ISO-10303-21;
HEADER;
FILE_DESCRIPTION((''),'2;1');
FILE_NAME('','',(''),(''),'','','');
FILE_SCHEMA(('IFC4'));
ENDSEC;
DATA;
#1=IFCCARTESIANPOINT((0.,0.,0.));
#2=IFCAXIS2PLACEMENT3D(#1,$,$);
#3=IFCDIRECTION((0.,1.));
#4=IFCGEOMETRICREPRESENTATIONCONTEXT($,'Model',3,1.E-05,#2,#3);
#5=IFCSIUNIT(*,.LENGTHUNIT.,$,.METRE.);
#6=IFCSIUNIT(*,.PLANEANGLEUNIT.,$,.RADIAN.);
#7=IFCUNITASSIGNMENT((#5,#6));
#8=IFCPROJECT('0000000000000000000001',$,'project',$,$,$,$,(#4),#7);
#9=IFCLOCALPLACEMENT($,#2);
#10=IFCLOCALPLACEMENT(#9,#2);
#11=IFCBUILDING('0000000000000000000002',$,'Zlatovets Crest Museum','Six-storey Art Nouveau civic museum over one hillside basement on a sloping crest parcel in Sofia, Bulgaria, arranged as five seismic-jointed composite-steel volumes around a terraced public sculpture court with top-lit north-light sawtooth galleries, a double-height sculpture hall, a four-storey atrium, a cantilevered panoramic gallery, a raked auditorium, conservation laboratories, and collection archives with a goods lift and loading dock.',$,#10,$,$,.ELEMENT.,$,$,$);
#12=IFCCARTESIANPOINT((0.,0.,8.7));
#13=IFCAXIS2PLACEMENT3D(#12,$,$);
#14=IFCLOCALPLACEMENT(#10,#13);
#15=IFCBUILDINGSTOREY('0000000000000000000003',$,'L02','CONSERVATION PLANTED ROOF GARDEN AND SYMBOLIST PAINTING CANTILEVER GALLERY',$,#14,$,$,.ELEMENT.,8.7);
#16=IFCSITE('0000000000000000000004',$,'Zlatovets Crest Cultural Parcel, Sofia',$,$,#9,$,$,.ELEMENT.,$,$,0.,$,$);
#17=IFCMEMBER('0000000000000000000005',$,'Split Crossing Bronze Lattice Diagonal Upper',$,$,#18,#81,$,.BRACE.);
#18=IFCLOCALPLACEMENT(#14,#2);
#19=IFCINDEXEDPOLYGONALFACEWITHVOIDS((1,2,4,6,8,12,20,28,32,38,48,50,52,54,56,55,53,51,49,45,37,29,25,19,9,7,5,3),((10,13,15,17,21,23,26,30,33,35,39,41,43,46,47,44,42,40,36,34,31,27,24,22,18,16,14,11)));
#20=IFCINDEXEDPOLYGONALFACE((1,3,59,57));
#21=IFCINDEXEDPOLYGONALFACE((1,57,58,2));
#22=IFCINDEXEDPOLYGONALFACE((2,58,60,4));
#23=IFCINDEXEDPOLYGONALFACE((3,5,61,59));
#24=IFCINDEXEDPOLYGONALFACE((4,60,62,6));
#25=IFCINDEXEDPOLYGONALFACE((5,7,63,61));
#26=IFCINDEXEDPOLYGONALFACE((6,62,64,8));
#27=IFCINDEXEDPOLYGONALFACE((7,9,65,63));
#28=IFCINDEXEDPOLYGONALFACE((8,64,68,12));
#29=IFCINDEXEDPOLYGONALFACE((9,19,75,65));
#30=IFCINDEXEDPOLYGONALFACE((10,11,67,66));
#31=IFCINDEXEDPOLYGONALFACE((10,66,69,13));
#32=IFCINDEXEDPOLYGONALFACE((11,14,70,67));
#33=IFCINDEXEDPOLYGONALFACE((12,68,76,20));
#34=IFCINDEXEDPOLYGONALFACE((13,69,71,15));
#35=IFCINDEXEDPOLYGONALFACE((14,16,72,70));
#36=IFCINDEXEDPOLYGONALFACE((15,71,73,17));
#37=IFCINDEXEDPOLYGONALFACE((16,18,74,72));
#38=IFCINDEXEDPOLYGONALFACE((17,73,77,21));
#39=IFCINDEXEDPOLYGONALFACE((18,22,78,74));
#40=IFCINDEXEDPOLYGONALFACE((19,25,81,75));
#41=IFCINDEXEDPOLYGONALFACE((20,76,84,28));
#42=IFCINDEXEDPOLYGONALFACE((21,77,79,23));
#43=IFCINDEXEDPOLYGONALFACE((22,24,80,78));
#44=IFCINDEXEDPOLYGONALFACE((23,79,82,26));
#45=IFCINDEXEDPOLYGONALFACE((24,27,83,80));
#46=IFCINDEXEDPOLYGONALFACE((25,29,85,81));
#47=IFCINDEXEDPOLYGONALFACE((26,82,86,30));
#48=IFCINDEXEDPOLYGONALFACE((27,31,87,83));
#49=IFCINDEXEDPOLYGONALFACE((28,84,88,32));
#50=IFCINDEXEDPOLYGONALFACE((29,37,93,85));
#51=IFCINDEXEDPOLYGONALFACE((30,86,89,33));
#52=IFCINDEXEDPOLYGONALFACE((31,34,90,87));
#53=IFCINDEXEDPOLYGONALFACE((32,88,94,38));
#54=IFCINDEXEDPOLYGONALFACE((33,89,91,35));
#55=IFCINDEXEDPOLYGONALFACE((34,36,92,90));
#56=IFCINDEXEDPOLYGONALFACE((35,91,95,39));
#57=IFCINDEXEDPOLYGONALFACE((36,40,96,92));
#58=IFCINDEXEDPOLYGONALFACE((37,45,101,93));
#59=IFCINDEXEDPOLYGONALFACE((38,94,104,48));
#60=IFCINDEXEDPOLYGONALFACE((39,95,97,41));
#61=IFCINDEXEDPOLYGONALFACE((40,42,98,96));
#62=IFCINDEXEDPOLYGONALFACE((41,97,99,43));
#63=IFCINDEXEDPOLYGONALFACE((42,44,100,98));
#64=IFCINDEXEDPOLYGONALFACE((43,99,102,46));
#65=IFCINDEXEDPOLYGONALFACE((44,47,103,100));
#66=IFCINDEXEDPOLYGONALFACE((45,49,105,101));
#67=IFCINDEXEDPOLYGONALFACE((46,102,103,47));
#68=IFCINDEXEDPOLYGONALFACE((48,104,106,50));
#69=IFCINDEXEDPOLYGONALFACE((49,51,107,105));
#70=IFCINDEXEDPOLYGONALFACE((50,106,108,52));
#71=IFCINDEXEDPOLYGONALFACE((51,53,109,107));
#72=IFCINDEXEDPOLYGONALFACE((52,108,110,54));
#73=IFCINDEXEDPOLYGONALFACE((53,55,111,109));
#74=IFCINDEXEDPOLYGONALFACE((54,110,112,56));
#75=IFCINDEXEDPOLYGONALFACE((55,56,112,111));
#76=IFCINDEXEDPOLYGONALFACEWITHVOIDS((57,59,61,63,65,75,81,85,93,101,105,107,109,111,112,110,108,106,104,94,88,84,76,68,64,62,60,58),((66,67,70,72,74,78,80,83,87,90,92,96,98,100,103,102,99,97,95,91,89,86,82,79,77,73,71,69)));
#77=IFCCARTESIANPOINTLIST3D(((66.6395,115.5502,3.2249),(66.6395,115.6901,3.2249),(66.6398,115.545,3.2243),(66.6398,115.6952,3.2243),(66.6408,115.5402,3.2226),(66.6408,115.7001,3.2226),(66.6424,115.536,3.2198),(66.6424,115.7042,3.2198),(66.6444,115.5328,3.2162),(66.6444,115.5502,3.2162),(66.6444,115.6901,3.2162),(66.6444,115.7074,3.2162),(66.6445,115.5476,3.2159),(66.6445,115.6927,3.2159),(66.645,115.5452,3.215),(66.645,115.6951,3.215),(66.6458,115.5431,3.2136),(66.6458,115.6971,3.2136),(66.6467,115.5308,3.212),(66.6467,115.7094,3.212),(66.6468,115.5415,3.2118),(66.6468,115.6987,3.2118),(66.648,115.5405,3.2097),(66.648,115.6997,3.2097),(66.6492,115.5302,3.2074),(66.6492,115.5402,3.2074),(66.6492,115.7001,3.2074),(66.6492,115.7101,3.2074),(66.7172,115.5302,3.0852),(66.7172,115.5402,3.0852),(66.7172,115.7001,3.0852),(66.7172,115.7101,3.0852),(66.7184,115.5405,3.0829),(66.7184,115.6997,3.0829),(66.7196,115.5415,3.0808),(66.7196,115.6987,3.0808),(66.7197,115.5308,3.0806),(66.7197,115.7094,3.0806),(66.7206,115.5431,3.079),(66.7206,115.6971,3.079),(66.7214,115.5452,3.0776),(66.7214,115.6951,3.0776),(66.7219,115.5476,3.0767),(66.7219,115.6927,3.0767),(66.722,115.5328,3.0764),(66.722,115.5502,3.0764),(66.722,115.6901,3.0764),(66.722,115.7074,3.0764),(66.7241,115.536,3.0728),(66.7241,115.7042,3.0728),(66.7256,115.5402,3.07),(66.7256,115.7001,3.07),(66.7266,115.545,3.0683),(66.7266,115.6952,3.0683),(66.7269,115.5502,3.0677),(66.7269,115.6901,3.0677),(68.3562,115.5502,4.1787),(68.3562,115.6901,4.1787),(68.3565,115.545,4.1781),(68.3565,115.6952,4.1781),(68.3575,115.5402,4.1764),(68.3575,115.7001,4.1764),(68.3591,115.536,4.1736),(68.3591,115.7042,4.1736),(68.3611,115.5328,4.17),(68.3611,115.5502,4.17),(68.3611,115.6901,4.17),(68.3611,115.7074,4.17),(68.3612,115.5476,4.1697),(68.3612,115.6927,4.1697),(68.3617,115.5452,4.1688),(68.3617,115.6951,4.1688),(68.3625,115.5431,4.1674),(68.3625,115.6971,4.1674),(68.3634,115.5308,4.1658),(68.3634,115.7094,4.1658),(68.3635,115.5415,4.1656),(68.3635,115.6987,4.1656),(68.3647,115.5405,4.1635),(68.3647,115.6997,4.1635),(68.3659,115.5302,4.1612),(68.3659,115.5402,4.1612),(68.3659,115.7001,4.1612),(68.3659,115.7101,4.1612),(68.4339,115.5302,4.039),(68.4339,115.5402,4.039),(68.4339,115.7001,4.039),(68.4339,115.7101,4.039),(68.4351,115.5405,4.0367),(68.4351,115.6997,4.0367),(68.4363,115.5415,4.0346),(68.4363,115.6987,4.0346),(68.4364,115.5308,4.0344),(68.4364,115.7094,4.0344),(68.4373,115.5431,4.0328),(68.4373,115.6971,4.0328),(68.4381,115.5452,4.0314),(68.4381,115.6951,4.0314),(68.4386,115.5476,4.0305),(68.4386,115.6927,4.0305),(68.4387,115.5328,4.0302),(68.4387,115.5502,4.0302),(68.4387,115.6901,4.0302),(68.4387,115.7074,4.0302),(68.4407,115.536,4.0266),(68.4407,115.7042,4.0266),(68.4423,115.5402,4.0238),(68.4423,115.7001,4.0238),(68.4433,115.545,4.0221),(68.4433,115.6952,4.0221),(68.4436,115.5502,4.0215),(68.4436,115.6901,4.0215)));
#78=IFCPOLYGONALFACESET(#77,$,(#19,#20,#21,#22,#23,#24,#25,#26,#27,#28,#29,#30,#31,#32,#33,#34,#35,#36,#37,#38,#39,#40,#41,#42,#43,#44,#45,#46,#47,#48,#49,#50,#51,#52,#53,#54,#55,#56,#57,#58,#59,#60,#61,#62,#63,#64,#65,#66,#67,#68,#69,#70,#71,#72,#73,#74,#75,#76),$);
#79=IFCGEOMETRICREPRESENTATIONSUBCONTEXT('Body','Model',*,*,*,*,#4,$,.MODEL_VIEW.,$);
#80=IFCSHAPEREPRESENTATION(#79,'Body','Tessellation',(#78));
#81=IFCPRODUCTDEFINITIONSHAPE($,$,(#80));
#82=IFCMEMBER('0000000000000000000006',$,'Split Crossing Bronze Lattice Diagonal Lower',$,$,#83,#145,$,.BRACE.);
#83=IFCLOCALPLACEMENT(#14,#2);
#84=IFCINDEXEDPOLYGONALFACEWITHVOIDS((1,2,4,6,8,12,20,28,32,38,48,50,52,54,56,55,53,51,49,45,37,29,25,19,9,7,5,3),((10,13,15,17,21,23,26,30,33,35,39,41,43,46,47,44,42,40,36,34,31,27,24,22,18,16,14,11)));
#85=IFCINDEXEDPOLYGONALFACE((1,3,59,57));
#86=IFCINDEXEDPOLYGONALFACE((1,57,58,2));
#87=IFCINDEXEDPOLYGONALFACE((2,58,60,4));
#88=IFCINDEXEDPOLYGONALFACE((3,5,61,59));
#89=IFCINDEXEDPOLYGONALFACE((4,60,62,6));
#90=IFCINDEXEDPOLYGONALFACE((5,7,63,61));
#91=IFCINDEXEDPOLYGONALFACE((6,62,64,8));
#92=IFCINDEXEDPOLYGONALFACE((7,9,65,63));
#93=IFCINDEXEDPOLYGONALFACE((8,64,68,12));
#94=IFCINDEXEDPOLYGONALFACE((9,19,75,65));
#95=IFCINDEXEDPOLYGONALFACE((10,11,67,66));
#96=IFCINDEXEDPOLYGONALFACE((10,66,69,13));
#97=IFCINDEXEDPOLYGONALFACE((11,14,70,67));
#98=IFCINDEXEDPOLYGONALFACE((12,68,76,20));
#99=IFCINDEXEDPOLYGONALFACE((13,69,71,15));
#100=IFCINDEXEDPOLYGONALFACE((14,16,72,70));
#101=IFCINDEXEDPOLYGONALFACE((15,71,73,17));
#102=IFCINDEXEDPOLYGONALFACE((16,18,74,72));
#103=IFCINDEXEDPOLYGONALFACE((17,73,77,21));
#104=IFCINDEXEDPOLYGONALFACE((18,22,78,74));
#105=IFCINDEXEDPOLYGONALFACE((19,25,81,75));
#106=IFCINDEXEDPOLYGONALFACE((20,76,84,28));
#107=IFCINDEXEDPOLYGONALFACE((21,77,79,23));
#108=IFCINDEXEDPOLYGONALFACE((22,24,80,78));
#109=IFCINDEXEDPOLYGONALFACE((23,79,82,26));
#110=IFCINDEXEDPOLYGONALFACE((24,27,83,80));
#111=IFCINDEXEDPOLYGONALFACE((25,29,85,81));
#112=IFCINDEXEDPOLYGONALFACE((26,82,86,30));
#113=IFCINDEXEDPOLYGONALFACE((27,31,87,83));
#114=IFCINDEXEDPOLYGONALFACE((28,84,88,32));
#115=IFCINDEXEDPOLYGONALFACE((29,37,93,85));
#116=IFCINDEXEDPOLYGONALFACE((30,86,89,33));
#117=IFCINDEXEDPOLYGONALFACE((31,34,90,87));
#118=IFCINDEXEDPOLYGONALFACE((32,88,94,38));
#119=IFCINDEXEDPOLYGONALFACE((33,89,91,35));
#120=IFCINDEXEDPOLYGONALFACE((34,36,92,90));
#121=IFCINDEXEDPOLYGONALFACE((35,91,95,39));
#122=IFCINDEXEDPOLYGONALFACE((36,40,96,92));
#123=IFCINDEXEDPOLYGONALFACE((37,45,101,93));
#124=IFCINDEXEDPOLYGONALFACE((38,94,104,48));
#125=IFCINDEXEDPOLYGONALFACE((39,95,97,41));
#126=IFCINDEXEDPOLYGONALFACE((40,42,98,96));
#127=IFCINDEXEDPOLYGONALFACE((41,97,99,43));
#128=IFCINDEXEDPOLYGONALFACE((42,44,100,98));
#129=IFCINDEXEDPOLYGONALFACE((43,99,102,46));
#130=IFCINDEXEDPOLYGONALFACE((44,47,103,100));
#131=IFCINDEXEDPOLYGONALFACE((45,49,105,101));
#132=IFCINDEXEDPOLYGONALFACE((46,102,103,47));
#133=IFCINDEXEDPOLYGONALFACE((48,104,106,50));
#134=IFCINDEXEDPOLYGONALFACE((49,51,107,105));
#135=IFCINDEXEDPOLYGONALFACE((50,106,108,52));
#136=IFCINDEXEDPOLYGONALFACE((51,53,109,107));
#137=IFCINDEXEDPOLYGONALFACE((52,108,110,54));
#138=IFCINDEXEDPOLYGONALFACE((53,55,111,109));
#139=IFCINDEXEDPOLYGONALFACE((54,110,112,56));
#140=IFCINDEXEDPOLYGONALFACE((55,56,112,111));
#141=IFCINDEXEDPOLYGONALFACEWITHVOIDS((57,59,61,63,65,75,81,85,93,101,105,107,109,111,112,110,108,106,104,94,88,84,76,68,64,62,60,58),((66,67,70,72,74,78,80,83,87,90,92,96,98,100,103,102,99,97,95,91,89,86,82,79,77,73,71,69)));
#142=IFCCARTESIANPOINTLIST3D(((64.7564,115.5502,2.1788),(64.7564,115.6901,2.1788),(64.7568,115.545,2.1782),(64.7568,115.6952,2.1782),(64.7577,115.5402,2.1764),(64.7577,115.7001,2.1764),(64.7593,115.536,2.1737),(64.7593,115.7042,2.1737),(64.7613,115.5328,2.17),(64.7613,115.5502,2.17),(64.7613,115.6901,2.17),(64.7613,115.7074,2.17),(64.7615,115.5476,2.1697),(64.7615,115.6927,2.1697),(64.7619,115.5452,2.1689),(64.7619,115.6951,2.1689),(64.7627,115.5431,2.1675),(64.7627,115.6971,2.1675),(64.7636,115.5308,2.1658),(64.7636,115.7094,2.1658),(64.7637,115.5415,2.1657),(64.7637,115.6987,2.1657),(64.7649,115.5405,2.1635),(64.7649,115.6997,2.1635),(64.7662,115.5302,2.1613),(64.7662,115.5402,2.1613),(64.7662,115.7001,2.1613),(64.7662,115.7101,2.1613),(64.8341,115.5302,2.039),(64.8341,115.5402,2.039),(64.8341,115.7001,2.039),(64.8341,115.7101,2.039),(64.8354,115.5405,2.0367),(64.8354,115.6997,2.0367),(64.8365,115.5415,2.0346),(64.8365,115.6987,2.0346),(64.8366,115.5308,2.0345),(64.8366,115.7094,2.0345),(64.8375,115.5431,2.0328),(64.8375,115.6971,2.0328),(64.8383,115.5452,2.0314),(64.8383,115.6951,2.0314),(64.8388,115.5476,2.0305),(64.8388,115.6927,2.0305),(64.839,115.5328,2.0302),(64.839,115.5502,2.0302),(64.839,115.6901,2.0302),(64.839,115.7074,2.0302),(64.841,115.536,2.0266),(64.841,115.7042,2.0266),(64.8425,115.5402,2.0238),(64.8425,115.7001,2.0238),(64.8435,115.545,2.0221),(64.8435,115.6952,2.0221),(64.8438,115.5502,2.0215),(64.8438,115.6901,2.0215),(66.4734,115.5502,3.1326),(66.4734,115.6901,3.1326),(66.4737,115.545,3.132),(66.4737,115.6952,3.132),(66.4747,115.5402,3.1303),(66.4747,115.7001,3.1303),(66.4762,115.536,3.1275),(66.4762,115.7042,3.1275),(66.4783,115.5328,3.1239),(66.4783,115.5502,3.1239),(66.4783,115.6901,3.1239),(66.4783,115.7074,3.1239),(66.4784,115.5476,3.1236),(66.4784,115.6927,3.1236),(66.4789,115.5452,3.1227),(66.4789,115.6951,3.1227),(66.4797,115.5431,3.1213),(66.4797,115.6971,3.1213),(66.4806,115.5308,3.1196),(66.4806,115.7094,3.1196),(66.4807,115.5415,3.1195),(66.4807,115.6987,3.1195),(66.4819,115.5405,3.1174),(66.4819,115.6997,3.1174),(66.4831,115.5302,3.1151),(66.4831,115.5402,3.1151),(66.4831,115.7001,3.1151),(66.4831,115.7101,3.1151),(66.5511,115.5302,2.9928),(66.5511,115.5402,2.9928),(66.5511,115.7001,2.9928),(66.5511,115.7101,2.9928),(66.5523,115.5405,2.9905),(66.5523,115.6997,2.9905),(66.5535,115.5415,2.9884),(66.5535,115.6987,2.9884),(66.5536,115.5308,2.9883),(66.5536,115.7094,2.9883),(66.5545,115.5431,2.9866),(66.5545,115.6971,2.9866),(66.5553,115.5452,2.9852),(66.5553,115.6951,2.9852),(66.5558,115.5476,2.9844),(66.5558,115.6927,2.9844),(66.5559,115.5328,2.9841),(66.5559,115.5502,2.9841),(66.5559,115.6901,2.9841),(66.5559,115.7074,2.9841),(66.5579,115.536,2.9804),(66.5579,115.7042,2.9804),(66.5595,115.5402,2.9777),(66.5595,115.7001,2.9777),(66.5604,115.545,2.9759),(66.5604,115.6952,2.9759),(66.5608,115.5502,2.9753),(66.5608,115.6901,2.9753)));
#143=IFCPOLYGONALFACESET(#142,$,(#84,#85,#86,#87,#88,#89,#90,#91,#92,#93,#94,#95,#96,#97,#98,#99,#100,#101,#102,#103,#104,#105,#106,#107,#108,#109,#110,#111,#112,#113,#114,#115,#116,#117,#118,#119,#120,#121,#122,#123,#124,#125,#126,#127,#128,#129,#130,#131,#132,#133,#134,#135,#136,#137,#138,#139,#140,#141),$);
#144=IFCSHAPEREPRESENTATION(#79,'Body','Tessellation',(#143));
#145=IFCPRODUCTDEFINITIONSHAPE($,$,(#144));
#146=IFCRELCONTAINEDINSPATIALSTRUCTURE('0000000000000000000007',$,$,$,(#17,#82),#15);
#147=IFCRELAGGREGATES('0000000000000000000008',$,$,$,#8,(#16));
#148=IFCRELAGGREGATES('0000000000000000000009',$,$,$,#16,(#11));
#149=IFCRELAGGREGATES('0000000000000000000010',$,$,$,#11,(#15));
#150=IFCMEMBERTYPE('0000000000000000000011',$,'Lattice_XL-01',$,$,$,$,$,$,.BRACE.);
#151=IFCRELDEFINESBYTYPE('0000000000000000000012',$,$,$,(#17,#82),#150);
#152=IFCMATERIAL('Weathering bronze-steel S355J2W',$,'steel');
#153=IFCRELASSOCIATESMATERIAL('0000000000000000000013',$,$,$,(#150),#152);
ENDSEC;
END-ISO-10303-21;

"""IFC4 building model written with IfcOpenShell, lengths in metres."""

from ifc_helpers import new_model, si_unit, direction, frame, origin, origin_2d, place, context, subcontext, project, spatial, hollow_rectangle, extrude, material, material_profile, profile_set, type_object, element, save


model = new_model("IFC4")

# Units and contexts
model_context = context("Model", 3, precision=1e-05, world=origin(), true_north=direction((0.0, 1.0)))
body_context = subcontext(model_context, "Body", "Model", "MODEL_VIEW")
ifc_project = project(units=[si_unit("LENGTHUNIT", "METRE"), si_unit("PLANEANGLEUNIT", "RADIAN")], contexts=[model_context])

# Site, building, storey
site_placement = place(None, origin())
site = spatial("IfcSite", under=ifc_project, at=site_placement, Name="Zlatovets Crest Cultural Parcel, Sofia", CompositionType="ELEMENT", RefElevation=0.0)
building_placement = place(site_placement, origin())
building = spatial("IfcBuilding", under=site, at=building_placement, Name="Zlatovets Crest Museum", Description="Six-storey Art Nouveau civic museum over one hillside basement on a sloping crest parcel in Sofia, Bulgaria, arranged as five seismic-jointed composite-steel volumes around a terraced public sculpture court with top-lit north-light sawtooth galleries, a double-height sculpture hall, a four-storey atrium, a cantilevered panoramic gallery, a raked auditorium, conservation laboratories, and collection archives with a goods lift and loading dock.", CompositionType="ELEMENT")
storey_placement = place(building_placement, frame((0.0, 0.0, 8.7)))
storey = spatial("IfcBuildingStorey", under=building, at=storey_placement, Name="L02", Description="CONSERVATION PLANTED ROOF GARDEN AND SYMBOLIST PAINTING CANTILEVER GALLERY", CompositionType="ELEMENT", Elevation=8.7)

# Members
ifc_material_1 = material(Name="Weathering bronze-steel S355J2W", Category="steel")
ifc_material_profile_1 = material_profile(ifc_material_1, hollow_rectangle(XDim=0.1799, YDim=0.1799, WallThickness=0.01, InnerFilletRadius=0.01, OuterFilletRadius=0.02, at=origin_2d()), Name="SHS 180x180x10.0")
ifc_profile_set_1 = profile_set([ifc_material_profile_1], Name="Weathering bronze-steel S355J2W")
member_type_1 = type_object("IfcMemberType", Name="Lattice_XL-01", PredefinedType="BRACE", material=ifc_profile_set_1)
member_1_placement = place(storey_placement, frame((68.3999, 115.6201, 4.1001), z_axis=(-0.87414, 0.0, -0.485675), x_axis=(0.0, -1.0, 0.0)))
element("IfcMember", 1, at=member_1_placement, inside=storey, type_object=member_type_1, Name="Split Crossing Bronze Lattice Diagonal Upper", PredefinedType="BRACE", context=body_context, shape_type="SweptSolid", body=[
    extrude(hollow_rectangle(XDim=0.1799, YDim=0.1799, WallThickness=0.01, InnerFilletRadius=0.01, OuterFilletRadius=0.02, at=origin_2d()), origin(), (0.0, 0.0, 1.0), 1.9639),
])
member_2_placement = place(storey_placement, frame((66.5171, 115.6201, 3.054), z_axis=(-0.874169, 0.0, -0.485622), x_axis=(0.0, -1.0, 0.0)))
element("IfcMember", 2, at=member_2_placement, inside=storey, type_object=member_type_1, Name="Split Crossing Bronze Lattice Diagonal Lower", PredefinedType="BRACE", context=body_context, shape_type="SweptSolid", body=[
    extrude(hollow_rectangle(XDim=0.1799, YDim=0.1799, WallThickness=0.01, InnerFilletRadius=0.01, OuterFilletRadius=0.02, at=origin_2d()), origin(), (0.0, 0.0, 1.0), 1.9641),
])

save(model, "model.ifc")
